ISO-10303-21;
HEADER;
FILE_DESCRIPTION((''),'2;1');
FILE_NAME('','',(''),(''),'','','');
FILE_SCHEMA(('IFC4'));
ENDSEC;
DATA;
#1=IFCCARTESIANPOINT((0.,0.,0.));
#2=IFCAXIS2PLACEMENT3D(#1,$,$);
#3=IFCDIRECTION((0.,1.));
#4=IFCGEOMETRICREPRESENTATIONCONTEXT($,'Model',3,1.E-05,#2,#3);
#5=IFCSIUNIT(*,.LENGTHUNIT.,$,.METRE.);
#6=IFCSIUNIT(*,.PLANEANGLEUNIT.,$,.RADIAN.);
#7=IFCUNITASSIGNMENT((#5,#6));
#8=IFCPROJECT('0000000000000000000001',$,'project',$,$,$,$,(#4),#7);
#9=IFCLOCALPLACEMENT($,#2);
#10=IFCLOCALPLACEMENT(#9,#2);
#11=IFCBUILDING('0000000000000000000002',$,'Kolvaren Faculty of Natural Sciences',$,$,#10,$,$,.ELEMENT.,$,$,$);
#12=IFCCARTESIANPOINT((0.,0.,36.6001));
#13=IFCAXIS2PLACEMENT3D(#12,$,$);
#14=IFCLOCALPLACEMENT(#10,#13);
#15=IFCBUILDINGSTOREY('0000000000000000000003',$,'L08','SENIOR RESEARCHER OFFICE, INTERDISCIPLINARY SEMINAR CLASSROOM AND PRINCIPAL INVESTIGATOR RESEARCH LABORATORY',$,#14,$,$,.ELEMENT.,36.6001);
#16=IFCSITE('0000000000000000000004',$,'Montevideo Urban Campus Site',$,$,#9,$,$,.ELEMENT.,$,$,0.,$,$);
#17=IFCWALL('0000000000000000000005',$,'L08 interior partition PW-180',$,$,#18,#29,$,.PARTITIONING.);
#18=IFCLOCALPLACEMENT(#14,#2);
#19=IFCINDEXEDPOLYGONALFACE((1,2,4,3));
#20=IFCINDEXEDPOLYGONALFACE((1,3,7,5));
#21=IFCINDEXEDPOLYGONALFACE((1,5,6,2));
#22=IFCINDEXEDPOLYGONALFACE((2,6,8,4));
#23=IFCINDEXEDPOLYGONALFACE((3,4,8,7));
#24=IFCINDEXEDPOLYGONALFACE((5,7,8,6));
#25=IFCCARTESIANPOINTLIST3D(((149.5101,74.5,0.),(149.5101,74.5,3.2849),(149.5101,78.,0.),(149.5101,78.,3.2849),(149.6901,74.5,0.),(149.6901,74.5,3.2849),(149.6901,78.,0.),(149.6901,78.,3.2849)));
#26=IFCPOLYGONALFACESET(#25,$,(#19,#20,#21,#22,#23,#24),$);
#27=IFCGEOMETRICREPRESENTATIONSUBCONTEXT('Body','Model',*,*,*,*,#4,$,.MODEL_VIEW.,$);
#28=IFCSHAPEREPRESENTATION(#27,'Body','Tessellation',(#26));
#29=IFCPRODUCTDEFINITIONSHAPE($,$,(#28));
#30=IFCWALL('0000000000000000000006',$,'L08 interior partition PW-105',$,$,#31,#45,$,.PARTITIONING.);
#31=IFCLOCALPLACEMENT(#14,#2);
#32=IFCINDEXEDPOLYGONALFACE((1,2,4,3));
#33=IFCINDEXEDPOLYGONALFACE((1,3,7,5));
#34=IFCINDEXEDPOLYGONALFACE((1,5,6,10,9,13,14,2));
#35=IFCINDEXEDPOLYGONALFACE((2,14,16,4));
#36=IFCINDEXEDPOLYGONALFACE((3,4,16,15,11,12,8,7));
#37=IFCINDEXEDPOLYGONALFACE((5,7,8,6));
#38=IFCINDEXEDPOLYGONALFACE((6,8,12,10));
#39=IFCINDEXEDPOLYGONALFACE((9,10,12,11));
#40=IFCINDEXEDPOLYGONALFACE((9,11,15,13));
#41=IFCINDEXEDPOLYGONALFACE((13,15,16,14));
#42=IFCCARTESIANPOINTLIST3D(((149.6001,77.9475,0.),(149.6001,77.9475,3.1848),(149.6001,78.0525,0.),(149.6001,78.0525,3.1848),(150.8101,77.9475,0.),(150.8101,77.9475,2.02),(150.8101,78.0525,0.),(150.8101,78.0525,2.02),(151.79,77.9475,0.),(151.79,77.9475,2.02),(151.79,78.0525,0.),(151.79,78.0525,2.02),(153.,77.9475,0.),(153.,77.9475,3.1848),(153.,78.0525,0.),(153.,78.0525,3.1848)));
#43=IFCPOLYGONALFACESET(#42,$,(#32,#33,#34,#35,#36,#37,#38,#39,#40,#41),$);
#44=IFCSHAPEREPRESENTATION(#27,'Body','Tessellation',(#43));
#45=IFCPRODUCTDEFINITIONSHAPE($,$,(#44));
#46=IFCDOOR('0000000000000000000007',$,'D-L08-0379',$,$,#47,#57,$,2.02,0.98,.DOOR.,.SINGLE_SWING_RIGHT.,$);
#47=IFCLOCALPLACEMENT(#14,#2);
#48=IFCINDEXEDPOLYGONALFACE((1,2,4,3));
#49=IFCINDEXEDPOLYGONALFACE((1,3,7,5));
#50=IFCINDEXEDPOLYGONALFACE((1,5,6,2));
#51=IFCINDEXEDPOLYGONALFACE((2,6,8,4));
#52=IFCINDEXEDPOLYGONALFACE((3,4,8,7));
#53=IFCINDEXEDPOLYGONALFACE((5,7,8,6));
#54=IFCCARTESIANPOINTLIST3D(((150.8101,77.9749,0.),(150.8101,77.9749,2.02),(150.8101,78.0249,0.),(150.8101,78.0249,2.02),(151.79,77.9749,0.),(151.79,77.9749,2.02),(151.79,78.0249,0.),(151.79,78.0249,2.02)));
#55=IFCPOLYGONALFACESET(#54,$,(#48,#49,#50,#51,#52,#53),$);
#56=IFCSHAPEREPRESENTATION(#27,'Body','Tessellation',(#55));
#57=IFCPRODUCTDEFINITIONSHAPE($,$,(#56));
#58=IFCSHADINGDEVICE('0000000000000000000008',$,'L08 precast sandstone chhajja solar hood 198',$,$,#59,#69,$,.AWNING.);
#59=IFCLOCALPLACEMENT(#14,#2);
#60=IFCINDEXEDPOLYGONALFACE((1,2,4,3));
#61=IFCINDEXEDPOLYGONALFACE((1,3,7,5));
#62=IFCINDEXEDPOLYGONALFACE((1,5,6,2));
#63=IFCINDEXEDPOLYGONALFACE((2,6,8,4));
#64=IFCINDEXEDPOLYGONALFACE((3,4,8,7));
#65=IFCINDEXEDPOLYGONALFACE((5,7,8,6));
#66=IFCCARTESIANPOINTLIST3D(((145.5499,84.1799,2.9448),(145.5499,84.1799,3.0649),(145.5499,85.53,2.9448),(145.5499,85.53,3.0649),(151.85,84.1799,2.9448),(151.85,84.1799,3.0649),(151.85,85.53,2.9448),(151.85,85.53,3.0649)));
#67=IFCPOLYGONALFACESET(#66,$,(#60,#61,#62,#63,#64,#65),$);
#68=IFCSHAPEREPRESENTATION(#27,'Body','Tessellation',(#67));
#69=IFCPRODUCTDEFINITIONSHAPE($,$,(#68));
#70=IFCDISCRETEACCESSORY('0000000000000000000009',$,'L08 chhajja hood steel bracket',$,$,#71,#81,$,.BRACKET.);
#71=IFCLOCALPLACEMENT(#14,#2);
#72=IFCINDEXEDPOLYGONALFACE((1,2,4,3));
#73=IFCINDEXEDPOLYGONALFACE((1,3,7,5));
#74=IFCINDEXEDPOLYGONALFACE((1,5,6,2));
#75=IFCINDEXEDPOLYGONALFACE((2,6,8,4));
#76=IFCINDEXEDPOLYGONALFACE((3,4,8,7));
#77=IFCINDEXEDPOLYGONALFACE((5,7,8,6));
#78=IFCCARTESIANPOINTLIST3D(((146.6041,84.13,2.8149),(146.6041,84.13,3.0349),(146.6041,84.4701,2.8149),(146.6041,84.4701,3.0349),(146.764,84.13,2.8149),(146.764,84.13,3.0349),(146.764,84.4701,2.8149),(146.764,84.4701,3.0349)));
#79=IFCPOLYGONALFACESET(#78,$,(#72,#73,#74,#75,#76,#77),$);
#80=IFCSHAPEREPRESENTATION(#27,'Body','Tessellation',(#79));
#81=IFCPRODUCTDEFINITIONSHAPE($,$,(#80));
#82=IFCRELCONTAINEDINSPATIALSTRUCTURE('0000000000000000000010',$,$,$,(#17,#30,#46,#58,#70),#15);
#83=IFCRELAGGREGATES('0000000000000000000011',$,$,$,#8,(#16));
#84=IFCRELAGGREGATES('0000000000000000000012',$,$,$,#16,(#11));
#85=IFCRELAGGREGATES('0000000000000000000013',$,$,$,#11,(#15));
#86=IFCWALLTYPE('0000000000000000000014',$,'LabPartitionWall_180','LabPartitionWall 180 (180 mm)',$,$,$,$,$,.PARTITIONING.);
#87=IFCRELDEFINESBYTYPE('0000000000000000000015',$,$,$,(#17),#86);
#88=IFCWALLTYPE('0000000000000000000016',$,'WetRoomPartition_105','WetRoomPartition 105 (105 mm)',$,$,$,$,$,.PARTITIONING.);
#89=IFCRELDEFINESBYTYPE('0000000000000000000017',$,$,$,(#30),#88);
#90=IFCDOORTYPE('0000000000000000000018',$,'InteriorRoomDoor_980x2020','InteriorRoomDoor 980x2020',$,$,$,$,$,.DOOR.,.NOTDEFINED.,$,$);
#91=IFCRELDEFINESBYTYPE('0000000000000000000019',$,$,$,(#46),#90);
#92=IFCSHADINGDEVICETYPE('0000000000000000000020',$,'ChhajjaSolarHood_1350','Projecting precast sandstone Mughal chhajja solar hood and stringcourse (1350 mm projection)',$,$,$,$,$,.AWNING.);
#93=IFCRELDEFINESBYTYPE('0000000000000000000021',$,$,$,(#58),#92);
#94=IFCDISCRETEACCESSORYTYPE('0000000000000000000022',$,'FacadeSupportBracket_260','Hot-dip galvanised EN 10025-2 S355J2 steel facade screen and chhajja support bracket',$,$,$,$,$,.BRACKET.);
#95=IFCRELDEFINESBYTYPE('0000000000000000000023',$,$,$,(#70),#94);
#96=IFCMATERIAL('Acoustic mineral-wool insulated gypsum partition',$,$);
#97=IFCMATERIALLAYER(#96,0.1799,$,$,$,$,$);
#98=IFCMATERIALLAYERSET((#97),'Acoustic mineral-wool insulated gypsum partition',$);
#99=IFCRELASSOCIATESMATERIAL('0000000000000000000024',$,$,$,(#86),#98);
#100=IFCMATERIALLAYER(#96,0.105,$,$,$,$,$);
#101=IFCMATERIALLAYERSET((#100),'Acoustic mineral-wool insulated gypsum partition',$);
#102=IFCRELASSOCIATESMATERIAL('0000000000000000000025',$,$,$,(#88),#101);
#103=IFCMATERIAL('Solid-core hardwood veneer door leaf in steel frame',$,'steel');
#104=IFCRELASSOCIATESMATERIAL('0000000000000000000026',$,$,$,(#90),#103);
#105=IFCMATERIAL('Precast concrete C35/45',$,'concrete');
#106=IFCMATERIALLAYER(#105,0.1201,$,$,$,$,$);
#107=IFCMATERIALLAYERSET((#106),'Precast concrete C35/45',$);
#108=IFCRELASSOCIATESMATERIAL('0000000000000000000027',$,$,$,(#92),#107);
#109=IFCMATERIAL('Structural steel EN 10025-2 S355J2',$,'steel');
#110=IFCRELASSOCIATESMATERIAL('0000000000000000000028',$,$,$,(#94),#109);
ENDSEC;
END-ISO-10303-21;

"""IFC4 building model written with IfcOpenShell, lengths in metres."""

from ifc_helpers import new_model, si_unit, direction, frame, frame_2d, origin, origin_2d, place, context, subcontext, project, spatial, rectangle, extrude, material, layer, layer_set, type_object, element, fill, save


model = new_model("IFC4")

# Units and contexts
model_context = context("Model", 3, precision=1e-05, world=origin(), true_north=direction((0.0, 1.0)))
body_context = subcontext(model_context, "Body", "Model", "MODEL_VIEW")
ifc_project = project(units=[si_unit("LENGTHUNIT", "METRE"), si_unit("PLANEANGLEUNIT", "RADIAN")], contexts=[model_context])

# Site, building, storey
site_placement = place(None, origin())
site = spatial("IfcSite", under=ifc_project, at=site_placement, Name="Montevideo Urban Campus Site", CompositionType="ELEMENT", RefElevation=0.0)
building_placement = place(site_placement, origin())
building = spatial("IfcBuilding", under=site, at=building_placement, Name="Kolvaren Faculty of Natural Sciences", CompositionType="ELEMENT")
storey_placement = place(building_placement, frame((0.0, 0.0, 36.6001)))
storey = spatial("IfcBuildingStorey", under=building, at=storey_placement, Name="L08", Description="SENIOR RESEARCHER OFFICE, INTERDISCIPLINARY SEMINAR CLASSROOM AND PRINCIPAL INVESTIGATOR RESEARCH LABORATORY", CompositionType="ELEMENT", Elevation=36.6001)

# Shared definitions
ifc_material_1 = material(Name="Precast concrete C35/45", Category="concrete")

# Shared definitions
ifc_material_2 = material(Name="Acoustic mineral-wool insulated gypsum partition")
ifc_layer_1 = layer(ifc_material_2, 0.1799)
ifc_layer_set_1 = layer_set([ifc_layer_1], Name="Acoustic mineral-wool insulated gypsum partition")
wall_type_1 = type_object("IfcWallType", Name="LabPartitionWall_180", Description="LabPartitionWall 180 (180 mm)", PredefinedType="PARTITIONING", material=ifc_layer_set_1)

# Wall
wall_1_placement = place(storey_placement, frame((149.6001, 78.0, 0.0), z_axis=(0.0, 0.0, 1.0), x_axis=(0.0, -1.0, 0.0)))
element("IfcWall", 1, at=wall_1_placement, inside=storey, type_object=wall_type_1, Name="L08 interior partition PW-180", PredefinedType="PARTITIONING", context=body_context, shape_type="SweptSolid", body=[
    extrude(rectangle(XDim=3.5, YDim=0.1799, at=frame_2d((1.75, 0.0))), origin(), (0.0, 0.0, 1.0), 3.2849),
])

# Wall, opening, door
ifc_layer_2 = layer(ifc_material_2, 0.105)
ifc_layer_set_2 = layer_set([ifc_layer_2], Name="Acoustic mineral-wool insulated gypsum partition")
wall_type_2 = type_object("IfcWallType", Name="WetRoomPartition_105", Description="WetRoomPartition 105 (105 mm)", PredefinedType="PARTITIONING", material=ifc_layer_set_2)
wall_2_placement = place(storey_placement, frame((149.6001, 78.0, 0.0), z_axis=(0.0, 0.0, 1.0), x_axis=(1.0, 0.0, 0.0)))
wall_2 = element("IfcWall", 2, at=wall_2_placement, inside=storey, type_object=wall_type_2, Name="L08 interior partition PW-105", PredefinedType="PARTITIONING", context=body_context, shape_type="SweptSolid", body=[
    extrude(rectangle(XDim=3.3999, YDim=0.105, at=frame_2d((1.7, 0.0))), origin(), (0.0, 0.0, 1.0), 3.1848),
])
opening_1_placement = place(wall_2_placement, frame((1.21, 0.0, 0.0)))
opening_1 = element("IfcOpeningElement", 3, at=opening_1_placement, cuts=wall_2, PredefinedType="OPENING", context=body_context, shape_type="SweptSolid", body=[
    extrude(rectangle(XDim=0.98, YDim=2.02, at=frame_2d((0.49, 1.01))), frame((0.0, 0.0625, 0.0), z_axis=(0.0, -1.0, 0.0), x_axis=(1.0, 0.0, 0.0)), (0.0, 0.0, 1.0), 0.125),
])
ifc_material_3 = material(Name="Solid-core hardwood veneer door leaf in steel frame", Category="steel")
door_type_1 = type_object("IfcDoorType", Name="InteriorRoomDoor_980x2020", Description="InteriorRoomDoor 980x2020", OperationType="NOTDEFINED", PredefinedType="DOOR", material=ifc_material_3)
door_1_placement = place(opening_1_placement, origin())
door_1 = element("IfcDoor", 4, at=door_1_placement, inside=storey, type_object=door_type_1, Name="D-L08-0379", OperationType="SINGLE_SWING_RIGHT", OverallHeight=2.02, OverallWidth=0.98, PredefinedType="DOOR", context=body_context, shape_type="SweptSolid", body=[
    extrude(rectangle(XDim=0.98, YDim=2.02, at=frame_2d((0.49, 1.01))), frame((0.0, 0.0249, 0.0), z_axis=(0.0, -1.0, 0.0), x_axis=(1.0, 0.0, 0.0)), (0.0, 0.0, 1.0), 0.05),
])
fill(opening_1, door_1)

# Shading device
ifc_layer_3 = layer(ifc_material_1, 0.1201)
ifc_layer_set_3 = layer_set([ifc_layer_3], Name="Precast concrete C35/45")
shading_device_type = type_object("IfcShadingDeviceType", Name="ChhajjaSolarHood_1350", Description="Projecting precast sandstone Mughal chhajja solar hood and stringcourse (1350 mm projection)", PredefinedType="AWNING", material=ifc_layer_set_3)
shading_device_placement = place(storey_placement, frame((148.7, 84.855, 2.9448), z_axis=(0.0, 0.0, 1.0), x_axis=(1.0, 0.0, 0.0)))
element("IfcShadingDevice", 5, at=shading_device_placement, inside=storey, type_object=shading_device_type, Name="L08 precast sandstone chhajja solar hood 198", PredefinedType="AWNING", context=body_context, shape_type="SweptSolid", body=[
    extrude(rectangle(XDim=6.3, YDim=1.3501, at=origin_2d()), origin(), (0.0, 0.0, 1.0), 0.1201),
])

# Discrete accessory
ifc_material_4 = material(Name="Structural steel EN 10025-2 S355J2", Category="steel")
discrete_accessory_type = type_object("IfcDiscreteAccessoryType", Name="FacadeSupportBracket_260", Description="Hot-dip galvanised EN 10025-2 S355J2 steel facade screen and chhajja support bracket", PredefinedType="BRACKET", material=ifc_material_4)
discrete_accessory_placement = place(storey_placement, frame((146.6841, 84.3, 2.8149), z_axis=(0.0, 0.0, 1.0), x_axis=(1.0, 0.0, 0.0)))
element("IfcDiscreteAccessory", 6, at=discrete_accessory_placement, inside=storey, type_object=discrete_accessory_type, Name="L08 chhajja hood steel bracket", PredefinedType="BRACKET", context=body_context, shape_type="SweptSolid", body=[
    extrude(rectangle(XDim=0.1599, YDim=0.3401, at=origin_2d()), origin(), (0.0, 0.0, 1.0), 0.22),
])

save(model, "model.ifc")
